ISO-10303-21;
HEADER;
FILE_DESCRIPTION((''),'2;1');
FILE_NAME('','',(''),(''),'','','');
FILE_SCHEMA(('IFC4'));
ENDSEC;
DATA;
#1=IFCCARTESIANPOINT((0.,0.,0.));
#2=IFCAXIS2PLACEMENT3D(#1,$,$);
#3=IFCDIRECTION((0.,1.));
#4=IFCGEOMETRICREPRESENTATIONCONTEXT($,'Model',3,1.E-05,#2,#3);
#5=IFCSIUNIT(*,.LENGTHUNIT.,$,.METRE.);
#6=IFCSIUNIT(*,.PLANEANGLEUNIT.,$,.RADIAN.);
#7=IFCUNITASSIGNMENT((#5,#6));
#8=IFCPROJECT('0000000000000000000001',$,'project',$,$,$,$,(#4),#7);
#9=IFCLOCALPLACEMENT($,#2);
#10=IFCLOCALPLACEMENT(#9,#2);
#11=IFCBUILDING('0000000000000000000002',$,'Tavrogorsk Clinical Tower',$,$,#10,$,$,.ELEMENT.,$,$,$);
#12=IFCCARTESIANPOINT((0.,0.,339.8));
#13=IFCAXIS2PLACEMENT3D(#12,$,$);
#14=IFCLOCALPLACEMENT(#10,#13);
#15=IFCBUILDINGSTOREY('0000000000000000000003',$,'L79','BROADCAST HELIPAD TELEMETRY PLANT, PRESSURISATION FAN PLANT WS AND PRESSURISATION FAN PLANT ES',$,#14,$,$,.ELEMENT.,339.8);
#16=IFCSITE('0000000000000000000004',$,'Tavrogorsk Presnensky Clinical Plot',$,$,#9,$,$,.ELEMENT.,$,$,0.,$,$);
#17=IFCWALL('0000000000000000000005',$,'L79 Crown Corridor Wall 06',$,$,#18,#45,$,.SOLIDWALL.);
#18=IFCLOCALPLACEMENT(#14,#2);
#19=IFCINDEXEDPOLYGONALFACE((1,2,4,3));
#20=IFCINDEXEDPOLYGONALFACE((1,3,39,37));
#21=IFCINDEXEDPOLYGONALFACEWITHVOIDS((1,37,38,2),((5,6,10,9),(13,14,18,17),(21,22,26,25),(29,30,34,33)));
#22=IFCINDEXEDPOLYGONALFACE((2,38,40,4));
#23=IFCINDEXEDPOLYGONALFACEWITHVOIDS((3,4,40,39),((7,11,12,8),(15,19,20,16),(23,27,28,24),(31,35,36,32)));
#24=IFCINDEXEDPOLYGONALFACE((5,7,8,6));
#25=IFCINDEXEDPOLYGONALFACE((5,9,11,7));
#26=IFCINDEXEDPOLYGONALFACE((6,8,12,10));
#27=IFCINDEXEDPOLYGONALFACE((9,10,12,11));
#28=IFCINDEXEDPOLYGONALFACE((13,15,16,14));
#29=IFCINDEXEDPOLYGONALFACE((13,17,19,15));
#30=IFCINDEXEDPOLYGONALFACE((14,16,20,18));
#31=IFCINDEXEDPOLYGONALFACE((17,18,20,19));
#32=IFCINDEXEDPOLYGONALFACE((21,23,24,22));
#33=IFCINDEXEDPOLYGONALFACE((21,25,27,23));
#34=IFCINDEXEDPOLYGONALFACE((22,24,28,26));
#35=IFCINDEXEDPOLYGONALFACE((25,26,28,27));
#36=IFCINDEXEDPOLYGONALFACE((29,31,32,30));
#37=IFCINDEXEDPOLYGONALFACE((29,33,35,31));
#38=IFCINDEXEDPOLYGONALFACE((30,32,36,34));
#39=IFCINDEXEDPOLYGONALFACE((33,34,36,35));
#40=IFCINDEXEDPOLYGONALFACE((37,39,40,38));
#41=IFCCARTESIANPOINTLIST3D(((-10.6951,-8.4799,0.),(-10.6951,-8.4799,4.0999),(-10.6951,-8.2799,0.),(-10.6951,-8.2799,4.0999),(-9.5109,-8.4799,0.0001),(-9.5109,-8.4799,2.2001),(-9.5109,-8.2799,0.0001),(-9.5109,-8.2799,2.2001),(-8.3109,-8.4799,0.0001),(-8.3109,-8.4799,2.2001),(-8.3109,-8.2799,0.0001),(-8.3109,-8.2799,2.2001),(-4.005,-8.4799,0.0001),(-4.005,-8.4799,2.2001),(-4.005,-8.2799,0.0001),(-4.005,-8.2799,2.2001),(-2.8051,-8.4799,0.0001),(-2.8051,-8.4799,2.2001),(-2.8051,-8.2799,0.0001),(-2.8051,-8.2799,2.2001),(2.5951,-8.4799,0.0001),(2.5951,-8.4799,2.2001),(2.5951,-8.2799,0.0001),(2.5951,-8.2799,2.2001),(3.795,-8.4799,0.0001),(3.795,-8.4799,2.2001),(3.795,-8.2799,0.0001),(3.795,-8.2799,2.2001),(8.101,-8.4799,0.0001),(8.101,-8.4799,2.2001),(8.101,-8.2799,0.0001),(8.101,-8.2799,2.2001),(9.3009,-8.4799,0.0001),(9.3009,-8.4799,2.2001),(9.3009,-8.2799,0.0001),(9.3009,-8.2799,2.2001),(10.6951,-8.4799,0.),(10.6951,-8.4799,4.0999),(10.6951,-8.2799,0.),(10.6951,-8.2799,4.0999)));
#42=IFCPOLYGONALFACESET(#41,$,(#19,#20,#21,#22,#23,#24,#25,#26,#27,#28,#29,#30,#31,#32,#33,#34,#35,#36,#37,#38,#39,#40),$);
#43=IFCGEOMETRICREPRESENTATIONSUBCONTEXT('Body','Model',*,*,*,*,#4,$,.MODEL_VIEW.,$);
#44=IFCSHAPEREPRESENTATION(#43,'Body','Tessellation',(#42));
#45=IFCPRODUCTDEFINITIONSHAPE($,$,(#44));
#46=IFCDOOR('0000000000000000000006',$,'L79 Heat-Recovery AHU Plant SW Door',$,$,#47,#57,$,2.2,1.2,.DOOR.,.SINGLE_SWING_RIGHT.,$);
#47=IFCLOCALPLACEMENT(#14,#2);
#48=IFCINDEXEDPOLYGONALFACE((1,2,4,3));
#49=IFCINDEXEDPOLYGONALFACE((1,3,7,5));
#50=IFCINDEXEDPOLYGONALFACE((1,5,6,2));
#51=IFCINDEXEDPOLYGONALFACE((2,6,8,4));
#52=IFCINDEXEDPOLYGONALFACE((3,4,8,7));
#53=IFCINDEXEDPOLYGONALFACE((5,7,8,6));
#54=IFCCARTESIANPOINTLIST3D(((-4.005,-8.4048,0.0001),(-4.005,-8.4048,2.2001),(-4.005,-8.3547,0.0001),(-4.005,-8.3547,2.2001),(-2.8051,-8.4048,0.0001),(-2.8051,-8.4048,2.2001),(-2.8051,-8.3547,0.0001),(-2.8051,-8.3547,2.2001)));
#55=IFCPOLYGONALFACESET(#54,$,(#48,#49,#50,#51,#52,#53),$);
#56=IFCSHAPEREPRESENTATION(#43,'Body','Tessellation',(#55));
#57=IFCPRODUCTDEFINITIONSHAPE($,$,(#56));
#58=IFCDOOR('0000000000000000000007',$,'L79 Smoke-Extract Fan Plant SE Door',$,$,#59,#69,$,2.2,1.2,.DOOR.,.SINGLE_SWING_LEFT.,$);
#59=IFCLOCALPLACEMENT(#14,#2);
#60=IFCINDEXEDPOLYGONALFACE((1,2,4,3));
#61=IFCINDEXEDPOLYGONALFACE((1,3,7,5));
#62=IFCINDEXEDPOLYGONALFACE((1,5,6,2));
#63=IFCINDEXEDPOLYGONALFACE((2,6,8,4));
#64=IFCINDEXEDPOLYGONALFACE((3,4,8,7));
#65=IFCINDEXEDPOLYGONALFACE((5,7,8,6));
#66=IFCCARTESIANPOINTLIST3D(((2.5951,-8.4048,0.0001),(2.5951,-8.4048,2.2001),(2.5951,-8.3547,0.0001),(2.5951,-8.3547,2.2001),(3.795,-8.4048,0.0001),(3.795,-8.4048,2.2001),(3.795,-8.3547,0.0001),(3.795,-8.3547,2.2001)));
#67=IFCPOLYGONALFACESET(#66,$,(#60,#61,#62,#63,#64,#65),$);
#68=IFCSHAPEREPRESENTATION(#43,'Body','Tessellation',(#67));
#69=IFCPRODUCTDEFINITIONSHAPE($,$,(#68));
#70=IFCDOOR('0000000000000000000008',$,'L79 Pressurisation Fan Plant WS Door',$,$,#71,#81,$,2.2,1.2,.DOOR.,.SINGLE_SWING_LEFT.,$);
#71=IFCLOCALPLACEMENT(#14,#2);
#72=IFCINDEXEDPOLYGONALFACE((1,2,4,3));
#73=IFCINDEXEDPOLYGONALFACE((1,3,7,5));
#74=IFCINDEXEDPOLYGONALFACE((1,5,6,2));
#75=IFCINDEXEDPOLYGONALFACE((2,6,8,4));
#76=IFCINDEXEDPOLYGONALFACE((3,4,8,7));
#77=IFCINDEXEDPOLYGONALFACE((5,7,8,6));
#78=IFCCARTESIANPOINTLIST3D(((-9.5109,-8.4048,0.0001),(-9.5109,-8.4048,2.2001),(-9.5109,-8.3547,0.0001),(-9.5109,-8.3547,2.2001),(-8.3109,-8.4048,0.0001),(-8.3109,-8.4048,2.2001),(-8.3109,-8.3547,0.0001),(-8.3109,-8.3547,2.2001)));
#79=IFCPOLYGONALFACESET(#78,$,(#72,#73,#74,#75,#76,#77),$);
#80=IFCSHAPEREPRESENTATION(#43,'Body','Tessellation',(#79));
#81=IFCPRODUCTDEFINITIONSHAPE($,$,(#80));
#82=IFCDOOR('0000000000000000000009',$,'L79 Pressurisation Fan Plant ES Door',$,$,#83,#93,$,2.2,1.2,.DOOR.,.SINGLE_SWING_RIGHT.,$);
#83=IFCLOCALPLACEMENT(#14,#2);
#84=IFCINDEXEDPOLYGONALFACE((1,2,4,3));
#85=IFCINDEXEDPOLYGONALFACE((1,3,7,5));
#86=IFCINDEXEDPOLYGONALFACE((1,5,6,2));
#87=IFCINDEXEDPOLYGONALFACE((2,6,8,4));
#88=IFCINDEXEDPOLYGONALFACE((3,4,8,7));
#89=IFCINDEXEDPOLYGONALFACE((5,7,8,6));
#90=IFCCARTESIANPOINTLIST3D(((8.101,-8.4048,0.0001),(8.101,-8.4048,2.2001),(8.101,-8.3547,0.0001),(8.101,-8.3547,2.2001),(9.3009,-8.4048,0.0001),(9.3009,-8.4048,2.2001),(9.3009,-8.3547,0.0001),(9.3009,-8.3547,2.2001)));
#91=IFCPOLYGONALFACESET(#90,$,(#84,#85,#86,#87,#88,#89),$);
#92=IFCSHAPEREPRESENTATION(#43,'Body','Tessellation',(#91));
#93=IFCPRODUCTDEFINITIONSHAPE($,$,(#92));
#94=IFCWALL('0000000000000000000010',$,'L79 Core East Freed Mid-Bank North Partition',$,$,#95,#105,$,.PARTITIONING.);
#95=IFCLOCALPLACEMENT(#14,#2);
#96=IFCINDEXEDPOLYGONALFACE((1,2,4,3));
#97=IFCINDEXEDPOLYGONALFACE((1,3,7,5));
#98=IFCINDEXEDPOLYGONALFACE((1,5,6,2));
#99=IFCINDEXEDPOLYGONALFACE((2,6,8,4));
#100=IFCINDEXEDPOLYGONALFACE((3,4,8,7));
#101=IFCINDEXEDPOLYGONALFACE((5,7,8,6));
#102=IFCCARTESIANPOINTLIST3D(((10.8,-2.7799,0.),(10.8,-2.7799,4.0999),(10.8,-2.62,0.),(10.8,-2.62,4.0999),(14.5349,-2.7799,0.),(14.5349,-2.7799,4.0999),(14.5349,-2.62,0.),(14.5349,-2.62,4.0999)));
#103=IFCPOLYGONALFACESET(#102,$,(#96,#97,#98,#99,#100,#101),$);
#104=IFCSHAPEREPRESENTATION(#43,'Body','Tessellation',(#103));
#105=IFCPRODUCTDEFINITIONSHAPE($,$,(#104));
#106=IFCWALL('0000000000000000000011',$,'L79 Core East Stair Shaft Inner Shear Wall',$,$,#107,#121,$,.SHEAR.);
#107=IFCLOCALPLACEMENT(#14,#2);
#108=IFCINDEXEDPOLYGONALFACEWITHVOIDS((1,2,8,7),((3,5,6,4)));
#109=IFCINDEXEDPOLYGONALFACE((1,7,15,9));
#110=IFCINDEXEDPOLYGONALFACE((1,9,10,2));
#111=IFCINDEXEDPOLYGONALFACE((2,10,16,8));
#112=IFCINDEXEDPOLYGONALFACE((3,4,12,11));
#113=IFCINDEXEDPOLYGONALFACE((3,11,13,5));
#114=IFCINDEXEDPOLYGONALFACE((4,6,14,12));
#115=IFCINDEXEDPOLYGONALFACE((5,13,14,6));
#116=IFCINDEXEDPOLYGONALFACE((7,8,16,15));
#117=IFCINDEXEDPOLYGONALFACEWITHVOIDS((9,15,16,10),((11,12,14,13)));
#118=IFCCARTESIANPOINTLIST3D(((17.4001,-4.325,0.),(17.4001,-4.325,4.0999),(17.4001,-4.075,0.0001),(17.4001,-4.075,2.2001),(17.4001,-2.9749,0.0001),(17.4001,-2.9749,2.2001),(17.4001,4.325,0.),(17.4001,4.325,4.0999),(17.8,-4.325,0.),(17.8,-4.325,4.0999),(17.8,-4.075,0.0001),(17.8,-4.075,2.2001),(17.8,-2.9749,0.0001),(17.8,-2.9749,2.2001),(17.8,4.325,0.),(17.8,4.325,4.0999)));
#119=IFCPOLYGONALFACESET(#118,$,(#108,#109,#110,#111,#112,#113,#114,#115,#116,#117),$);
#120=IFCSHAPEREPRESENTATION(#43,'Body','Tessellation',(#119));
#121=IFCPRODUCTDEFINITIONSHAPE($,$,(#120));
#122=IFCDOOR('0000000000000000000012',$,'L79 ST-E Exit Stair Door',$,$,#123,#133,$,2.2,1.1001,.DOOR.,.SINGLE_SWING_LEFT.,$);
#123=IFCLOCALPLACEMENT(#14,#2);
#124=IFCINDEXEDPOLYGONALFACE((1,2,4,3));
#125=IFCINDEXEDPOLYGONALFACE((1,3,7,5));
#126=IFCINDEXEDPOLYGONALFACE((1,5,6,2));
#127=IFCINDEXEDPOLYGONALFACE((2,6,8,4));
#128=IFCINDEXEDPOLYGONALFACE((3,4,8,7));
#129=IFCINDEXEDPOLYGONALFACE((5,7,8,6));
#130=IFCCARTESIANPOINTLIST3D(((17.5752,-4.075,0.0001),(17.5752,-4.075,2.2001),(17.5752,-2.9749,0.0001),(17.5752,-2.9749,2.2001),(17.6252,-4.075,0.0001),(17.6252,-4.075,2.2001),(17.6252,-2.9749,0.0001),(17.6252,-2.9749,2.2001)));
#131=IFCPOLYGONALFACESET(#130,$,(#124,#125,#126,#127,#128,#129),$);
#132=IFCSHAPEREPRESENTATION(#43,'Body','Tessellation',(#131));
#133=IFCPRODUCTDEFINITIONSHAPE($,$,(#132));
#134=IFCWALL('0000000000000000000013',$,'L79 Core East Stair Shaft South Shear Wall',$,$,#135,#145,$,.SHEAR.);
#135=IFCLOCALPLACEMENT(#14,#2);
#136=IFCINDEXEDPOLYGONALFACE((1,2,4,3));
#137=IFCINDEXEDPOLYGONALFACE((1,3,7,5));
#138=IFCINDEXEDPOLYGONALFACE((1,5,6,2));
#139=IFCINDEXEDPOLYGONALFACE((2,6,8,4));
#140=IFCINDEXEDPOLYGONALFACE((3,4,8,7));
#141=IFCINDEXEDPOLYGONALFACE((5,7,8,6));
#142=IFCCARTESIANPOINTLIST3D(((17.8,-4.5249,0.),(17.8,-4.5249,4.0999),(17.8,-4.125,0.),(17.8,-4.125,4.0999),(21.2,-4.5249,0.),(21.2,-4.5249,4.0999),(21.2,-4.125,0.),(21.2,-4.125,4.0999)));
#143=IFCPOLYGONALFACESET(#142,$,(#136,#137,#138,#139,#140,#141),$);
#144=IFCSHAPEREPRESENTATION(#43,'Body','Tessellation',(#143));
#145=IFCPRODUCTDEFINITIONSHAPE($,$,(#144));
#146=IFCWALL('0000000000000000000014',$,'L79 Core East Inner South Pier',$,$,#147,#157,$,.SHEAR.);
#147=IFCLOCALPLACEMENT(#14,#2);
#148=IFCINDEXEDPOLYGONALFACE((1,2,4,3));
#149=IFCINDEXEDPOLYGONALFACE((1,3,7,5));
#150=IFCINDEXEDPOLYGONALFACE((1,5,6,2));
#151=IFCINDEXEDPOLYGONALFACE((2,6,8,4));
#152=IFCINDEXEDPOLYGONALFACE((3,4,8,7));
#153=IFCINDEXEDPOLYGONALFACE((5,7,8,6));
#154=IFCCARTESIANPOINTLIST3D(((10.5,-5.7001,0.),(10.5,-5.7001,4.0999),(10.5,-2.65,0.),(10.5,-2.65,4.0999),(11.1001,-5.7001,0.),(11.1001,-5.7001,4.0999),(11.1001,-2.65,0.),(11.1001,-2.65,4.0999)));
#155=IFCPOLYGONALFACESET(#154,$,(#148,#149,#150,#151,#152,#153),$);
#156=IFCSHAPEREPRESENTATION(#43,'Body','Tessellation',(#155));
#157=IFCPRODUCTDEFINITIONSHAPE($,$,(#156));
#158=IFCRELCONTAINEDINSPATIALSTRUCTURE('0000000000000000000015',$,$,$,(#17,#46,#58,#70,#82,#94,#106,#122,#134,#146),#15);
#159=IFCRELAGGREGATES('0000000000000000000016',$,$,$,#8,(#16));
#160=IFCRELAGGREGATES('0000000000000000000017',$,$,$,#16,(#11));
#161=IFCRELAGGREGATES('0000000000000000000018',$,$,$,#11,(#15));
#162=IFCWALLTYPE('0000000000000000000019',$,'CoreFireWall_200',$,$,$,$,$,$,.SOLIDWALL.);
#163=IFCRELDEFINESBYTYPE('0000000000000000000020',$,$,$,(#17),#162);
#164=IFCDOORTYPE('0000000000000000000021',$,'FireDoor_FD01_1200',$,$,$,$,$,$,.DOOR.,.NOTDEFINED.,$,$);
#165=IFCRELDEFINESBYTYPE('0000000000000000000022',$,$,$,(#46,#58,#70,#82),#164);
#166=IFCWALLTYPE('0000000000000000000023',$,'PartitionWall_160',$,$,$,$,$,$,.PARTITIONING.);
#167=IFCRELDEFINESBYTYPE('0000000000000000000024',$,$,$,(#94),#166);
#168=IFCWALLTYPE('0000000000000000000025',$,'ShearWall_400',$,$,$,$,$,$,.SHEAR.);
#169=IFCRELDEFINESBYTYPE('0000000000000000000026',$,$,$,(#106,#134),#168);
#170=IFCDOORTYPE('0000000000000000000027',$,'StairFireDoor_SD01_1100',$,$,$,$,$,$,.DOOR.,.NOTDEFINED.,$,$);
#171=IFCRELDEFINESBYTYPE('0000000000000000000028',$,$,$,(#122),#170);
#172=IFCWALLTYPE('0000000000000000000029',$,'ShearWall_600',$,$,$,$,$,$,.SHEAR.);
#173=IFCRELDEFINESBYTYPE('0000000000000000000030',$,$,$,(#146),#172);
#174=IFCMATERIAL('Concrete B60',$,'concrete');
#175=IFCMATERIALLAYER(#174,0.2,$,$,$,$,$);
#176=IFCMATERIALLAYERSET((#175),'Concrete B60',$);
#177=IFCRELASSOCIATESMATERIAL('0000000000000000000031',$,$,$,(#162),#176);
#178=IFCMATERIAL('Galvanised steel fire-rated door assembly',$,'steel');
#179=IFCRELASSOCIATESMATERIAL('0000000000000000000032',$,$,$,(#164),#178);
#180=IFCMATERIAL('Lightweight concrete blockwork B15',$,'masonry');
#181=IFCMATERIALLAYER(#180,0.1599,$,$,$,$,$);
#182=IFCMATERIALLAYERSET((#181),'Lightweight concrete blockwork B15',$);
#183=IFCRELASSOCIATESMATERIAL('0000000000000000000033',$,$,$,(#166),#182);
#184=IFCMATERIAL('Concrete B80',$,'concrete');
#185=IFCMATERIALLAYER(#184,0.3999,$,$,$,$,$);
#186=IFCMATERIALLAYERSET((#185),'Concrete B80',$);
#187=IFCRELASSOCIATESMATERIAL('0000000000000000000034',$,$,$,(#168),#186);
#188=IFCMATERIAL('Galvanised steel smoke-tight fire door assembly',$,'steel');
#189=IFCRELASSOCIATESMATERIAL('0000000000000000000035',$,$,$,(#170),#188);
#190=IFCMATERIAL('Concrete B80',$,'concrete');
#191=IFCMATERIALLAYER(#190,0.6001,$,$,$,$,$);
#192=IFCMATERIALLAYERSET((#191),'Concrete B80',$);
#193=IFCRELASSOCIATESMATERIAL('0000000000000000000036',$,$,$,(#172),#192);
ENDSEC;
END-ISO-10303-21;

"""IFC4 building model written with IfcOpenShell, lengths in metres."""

from ifc_helpers import new_model, si_unit, direction, frame, frame_2d, origin, place, context, subcontext, project, spatial, rectangle, extrude, material, layer, layer_set, type_object, element, fill, save


model = new_model("IFC4")

# Units and contexts
model_context = context("Model", 3, precision=1e-05, world=origin(), true_north=direction((0.0, 1.0)))
body_context = subcontext(model_context, "Body", "Model", "MODEL_VIEW")
ifc_project = project(units=[si_unit("LENGTHUNIT", "METRE"), si_unit("PLANEANGLEUNIT", "RADIAN")], contexts=[model_context])

# Site, building, storey
site_placement = place(None, origin())
site = spatial("IfcSite", under=ifc_project, at=site_placement, Name="Tavrogorsk Presnensky Clinical Plot", CompositionType="ELEMENT", RefElevation=0.0)
building_placement = place(site_placement, origin())
building = spatial("IfcBuilding", under=site, at=building_placement, Name="Tavrogorsk Clinical Tower", CompositionType="ELEMENT")
storey_placement = place(building_placement, frame((0.0, 0.0, 339.8)))
storey = spatial("IfcBuildingStorey", under=building, at=storey_placement, Name="L79", Description="BROADCAST HELIPAD TELEMETRY PLANT, PRESSURISATION FAN PLANT WS AND PRESSURISATION FAN PLANT ES", CompositionType="ELEMENT", Elevation=339.8)

# Shared definitions
ifc_material_1 = material(Name="Concrete B60", Category="concrete")
ifc_layer_1 = layer(ifc_material_1, 0.2)
ifc_layer_set_1 = layer_set([ifc_layer_1], Name="Concrete B60")
wall_type_1 = type_object("IfcWallType", Name="CoreFireWall_200", PredefinedType="SOLIDWALL", material=ifc_layer_set_1)
ifc_material_2 = material(Name="Galvanised steel fire-rated door assembly", Category="steel")
door_type_1 = type_object("IfcDoorType", Name="FireDoor_FD01_1200", OperationType="NOTDEFINED", PredefinedType="DOOR", material=ifc_material_2)

# Wall, openings, doors
wall_1_placement = place(storey_placement, frame((10.6951, -8.3799, 0.0), z_axis=(0.0, 0.0, 1.0), x_axis=(-1.0, 0.0, 0.0)))
wall_1 = element("IfcWall", 1, at=wall_1_placement, inside=storey, type_object=wall_type_1, Name="L79 Crown Corridor Wall 06", PredefinedType="SOLIDWALL", context=body_context, shape_type="SweptSolid", body=[
    extrude(rectangle(XDim=21.3901, YDim=0.2, at=frame_2d((10.6951, 0.0))), origin(), (0.0, 0.0, 1.0), 4.0999),
])
opening_1_placement = place(wall_1_placement, frame((13.5, 0.0, 0.0)))
opening_1 = element("IfcOpeningElement", 2, at=opening_1_placement, cuts=wall_1, PredefinedType="OPENING", context=body_context, shape_type="SweptSolid", body=[
    extrude(rectangle(XDim=1.2, YDim=2.2, at=frame_2d((0.6001, 1.1001))), frame((0.0, 0.1099, 0.0), z_axis=(0.0, -1.0, 0.0), x_axis=(1.0, 0.0, 0.0)), (0.0, 0.0, 1.0), 0.22),
])
opening_2_placement = place(wall_1_placement, frame((6.8999, 0.0, 0.0)))
opening_2 = element("IfcOpeningElement", 3, at=opening_2_placement, cuts=wall_1, PredefinedType="OPENING", context=body_context, shape_type="SweptSolid", body=[
    extrude(rectangle(XDim=1.2, YDim=2.2, at=frame_2d((0.6001, 1.1001))), frame((0.0, 0.1099, 0.0), z_axis=(0.0, -1.0, 0.0), x_axis=(1.0, 0.0, 0.0)), (0.0, 0.0, 1.0), 0.22),
])
opening_3_placement = place(wall_1_placement, frame((19.0059, 0.0, 0.0)))
opening_3 = element("IfcOpeningElement", 4, at=opening_3_placement, cuts=wall_1, PredefinedType="OPENING", context=body_context, shape_type="SweptSolid", body=[
    extrude(rectangle(XDim=1.2, YDim=2.2, at=frame_2d((0.6001, 1.1001))), frame((0.0, 0.1099, 0.0), z_axis=(0.0, -1.0, 0.0), x_axis=(1.0, 0.0, 0.0)), (0.0, 0.0, 1.0), 0.22),
])
opening_4_placement = place(wall_1_placement, frame((1.394, 0.0, 0.0)))
opening_4 = element("IfcOpeningElement", 5, at=opening_4_placement, cuts=wall_1, PredefinedType="OPENING", context=body_context, shape_type="SweptSolid", body=[
    extrude(rectangle(XDim=1.2, YDim=2.2, at=frame_2d((0.6001, 1.1001))), frame((0.0, 0.1099, 0.0), z_axis=(0.0, -1.0, 0.0), x_axis=(1.0, 0.0, 0.0)), (0.0, 0.0, 1.0), 0.22),
])
door_1_placement = place(opening_1_placement, origin())
door_1 = element("IfcDoor", 6, at=door_1_placement, inside=storey, type_object=door_type_1, Name="L79 Heat-Recovery AHU Plant SW Door", OperationType="SINGLE_SWING_RIGHT", OverallHeight=2.2, OverallWidth=1.2, PredefinedType="DOOR", context=body_context, shape_type="SweptSolid", body=[
    extrude(rectangle(XDim=1.2, YDim=2.2, at=frame_2d((0.6001, 1.1001))), frame((0.0, 0.0249, 0.0), z_axis=(0.0, -1.0, 0.0), x_axis=(1.0, 0.0, 0.0)), (0.0, 0.0, 1.0), 0.05),
])
fill(opening_1, door_1)
door_2_placement = place(opening_2_placement, origin())
door_2 = element("IfcDoor", 7, at=door_2_placement, inside=storey, type_object=door_type_1, Name="L79 Smoke-Extract Fan Plant SE Door", OperationType="SINGLE_SWING_LEFT", OverallHeight=2.2, OverallWidth=1.2, PredefinedType="DOOR", context=body_context, shape_type="SweptSolid", body=[
    extrude(rectangle(XDim=1.2, YDim=2.2, at=frame_2d((0.6001, 1.1001))), frame((0.0, 0.0249, 0.0), z_axis=(0.0, -1.0, 0.0), x_axis=(1.0, 0.0, 0.0)), (0.0, 0.0, 1.0), 0.05),
])
fill(opening_2, door_2)
door_3_placement = place(opening_3_placement, origin())
door_3 = element("IfcDoor", 8, at=door_3_placement, inside=storey, type_object=door_type_1, Name="L79 Pressurisation Fan Plant WS Door", OperationType="SINGLE_SWING_LEFT", OverallHeight=2.2, OverallWidth=1.2, PredefinedType="DOOR", context=body_context, shape_type="SweptSolid", body=[
    extrude(rectangle(XDim=1.2, YDim=2.2, at=frame_2d((0.6001, 1.1001))), frame((0.0, 0.0249, 0.0), z_axis=(0.0, -1.0, 0.0), x_axis=(1.0, 0.0, 0.0)), (0.0, 0.0, 1.0), 0.05),
])
fill(opening_3, door_3)
door_4_placement = place(opening_4_placement, origin())
door_4 = element("IfcDoor", 9, at=door_4_placement, inside=storey, type_object=door_type_1, Name="L79 Pressurisation Fan Plant ES Door", OperationType="SINGLE_SWING_RIGHT", OverallHeight=2.2, OverallWidth=1.2, PredefinedType="DOOR", context=body_context, shape_type="SweptSolid", body=[
    extrude(rectangle(XDim=1.2, YDim=2.2, at=frame_2d((0.6001, 1.1001))), frame((0.0, 0.0249, 0.0), z_axis=(0.0, -1.0, 0.0), x_axis=(1.0, 0.0, 0.0)), (0.0, 0.0, 1.0), 0.05),
])
fill(opening_4, door_4)

# Wall
ifc_material_3 = material(Name="Lightweight concrete blockwork B15", Category="masonry")
ifc_layer_2 = layer(ifc_material_3, 0.1599)
ifc_layer_set_2 = layer_set([ifc_layer_2], Name="Lightweight concrete blockwork B15")
wall_type_2 = type_object("IfcWallType", Name="PartitionWall_160", PredefinedType="PARTITIONING", material=ifc_layer_set_2)
wall_2_placement = place(storey_placement, frame((10.8, -2.7, 0.0), z_axis=(0.0, 0.0, 1.0), x_axis=(1.0, 0.0, 0.0)))
element("IfcWall", 10, at=wall_2_placement, inside=storey, type_object=wall_type_2, Name="L79 Core East Freed Mid-Bank North Partition", PredefinedType="PARTITIONING", context=body_context, shape_type="SweptSolid", body=[
    extrude(rectangle(XDim=3.7349, YDim=0.1599, at=frame_2d((1.8674, 0.0))), origin(), (0.0, 0.0, 1.0), 4.0999),
])

# Wall, opening, door
ifc_material_4 = material(Name="Concrete B80", Category="concrete")
ifc_layer_3 = layer(ifc_material_4, 0.3999)
ifc_layer_set_3 = layer_set([ifc_layer_3], Name="Concrete B80")
wall_type_3 = type_object("IfcWallType", Name="ShearWall_400", PredefinedType="SHEAR", material=ifc_layer_set_3)
wall_3_placement = place(storey_placement, frame((17.6001, -4.325, 0.0), z_axis=(0.0, 0.0, 1.0), x_axis=(0.0, 1.0, 0.0)))
wall_3 = element("IfcWall", 11, at=wall_3_placement, inside=storey, type_object=wall_type_3, Name="L79 Core East Stair Shaft Inner Shear Wall", PredefinedType="SHEAR", context=body_context, shape_type="SweptSolid", body=[
    extrude(rectangle(XDim=8.6499, YDim=0.3999, at=frame_2d((4.325, 0.0))), origin(), (0.0, 0.0, 1.0), 4.0999),
])
opening_5_placement = place(wall_3_placement, frame((0.25, 0.0, 0.0)))
opening_5 = element("IfcOpeningElement", 12, at=opening_5_placement, cuts=wall_3, PredefinedType="OPENING", context=body_context, shape_type="SweptSolid", body=[
    extrude(rectangle(XDim=1.1001, YDim=2.2, at=frame_2d((0.55, 1.1001))), frame((0.0, 0.21, 0.0), z_axis=(0.0, -1.0, 0.0), x_axis=(1.0, 0.0, 0.0)), (0.0, 0.0, 1.0), 0.4199),
])
ifc_material_5 = material(Name="Galvanised steel smoke-tight fire door assembly", Category="steel")
door_type_2 = type_object("IfcDoorType", Name="StairFireDoor_SD01_1100", OperationType="NOTDEFINED", PredefinedType="DOOR", material=ifc_material_5)
door_5_placement = place(opening_5_placement, origin())
door_5 = element("IfcDoor", 13, at=door_5_placement, inside=storey, type_object=door_type_2, Name="L79 ST-E Exit Stair Door", OperationType="SINGLE_SWING_LEFT", OverallHeight=2.2, OverallWidth=1.1001, PredefinedType="DOOR", context=body_context, shape_type="SweptSolid", body=[
    extrude(rectangle(XDim=1.1001, YDim=2.2, at=frame_2d((0.55, 1.1001))), frame((0.0, 0.0249, 0.0), z_axis=(0.0, -1.0, 0.0), x_axis=(1.0, 0.0, 0.0)), (0.0, 0.0, 1.0), 0.05),
])
fill(opening_5, door_5)

# Walls
wall_4_placement = place(storey_placement, frame((17.8, -4.325, 0.0), z_axis=(0.0, 0.0, 1.0), x_axis=(1.0, 0.0, 0.0)))
element("IfcWall", 14, at=wall_4_placement, inside=storey, type_object=wall_type_3, Name="L79 Core East Stair Shaft South Shear Wall", PredefinedType="SHEAR", context=body_context, shape_type="SweptSolid", body=[
    extrude(rectangle(XDim=3.3999, YDim=0.3999, at=frame_2d((1.7, 0.0))), origin(), (0.0, 0.0, 1.0), 4.0999),
])
ifc_material_6 = material(Name="Concrete B80", Category="concrete")
ifc_layer_4 = layer(ifc_material_6, 0.6001)
ifc_layer_set_4 = layer_set([ifc_layer_4], Name="Concrete B80")
wall_type_4 = type_object("IfcWallType", Name="ShearWall_600", PredefinedType="SHEAR", material=ifc_layer_set_4)
wall_5_placement = place(storey_placement, frame((10.8, -5.7, 0.0), z_axis=(0.0, 0.0, 1.0), x_axis=(0.0, 1.0, 0.0)))
element("IfcWall", 15, at=wall_5_placement, inside=storey, type_object=wall_type_4, Name="L79 Core East Inner South Pier", PredefinedType="SHEAR", context=body_context, shape_type="SweptSolid", body=[
    extrude(rectangle(XDim=3.05, YDim=0.6001, at=frame_2d((1.5249, 0.0))), origin(), (0.0, 0.0, 1.0), 4.0999),
])

save(model, "model.ifc")
